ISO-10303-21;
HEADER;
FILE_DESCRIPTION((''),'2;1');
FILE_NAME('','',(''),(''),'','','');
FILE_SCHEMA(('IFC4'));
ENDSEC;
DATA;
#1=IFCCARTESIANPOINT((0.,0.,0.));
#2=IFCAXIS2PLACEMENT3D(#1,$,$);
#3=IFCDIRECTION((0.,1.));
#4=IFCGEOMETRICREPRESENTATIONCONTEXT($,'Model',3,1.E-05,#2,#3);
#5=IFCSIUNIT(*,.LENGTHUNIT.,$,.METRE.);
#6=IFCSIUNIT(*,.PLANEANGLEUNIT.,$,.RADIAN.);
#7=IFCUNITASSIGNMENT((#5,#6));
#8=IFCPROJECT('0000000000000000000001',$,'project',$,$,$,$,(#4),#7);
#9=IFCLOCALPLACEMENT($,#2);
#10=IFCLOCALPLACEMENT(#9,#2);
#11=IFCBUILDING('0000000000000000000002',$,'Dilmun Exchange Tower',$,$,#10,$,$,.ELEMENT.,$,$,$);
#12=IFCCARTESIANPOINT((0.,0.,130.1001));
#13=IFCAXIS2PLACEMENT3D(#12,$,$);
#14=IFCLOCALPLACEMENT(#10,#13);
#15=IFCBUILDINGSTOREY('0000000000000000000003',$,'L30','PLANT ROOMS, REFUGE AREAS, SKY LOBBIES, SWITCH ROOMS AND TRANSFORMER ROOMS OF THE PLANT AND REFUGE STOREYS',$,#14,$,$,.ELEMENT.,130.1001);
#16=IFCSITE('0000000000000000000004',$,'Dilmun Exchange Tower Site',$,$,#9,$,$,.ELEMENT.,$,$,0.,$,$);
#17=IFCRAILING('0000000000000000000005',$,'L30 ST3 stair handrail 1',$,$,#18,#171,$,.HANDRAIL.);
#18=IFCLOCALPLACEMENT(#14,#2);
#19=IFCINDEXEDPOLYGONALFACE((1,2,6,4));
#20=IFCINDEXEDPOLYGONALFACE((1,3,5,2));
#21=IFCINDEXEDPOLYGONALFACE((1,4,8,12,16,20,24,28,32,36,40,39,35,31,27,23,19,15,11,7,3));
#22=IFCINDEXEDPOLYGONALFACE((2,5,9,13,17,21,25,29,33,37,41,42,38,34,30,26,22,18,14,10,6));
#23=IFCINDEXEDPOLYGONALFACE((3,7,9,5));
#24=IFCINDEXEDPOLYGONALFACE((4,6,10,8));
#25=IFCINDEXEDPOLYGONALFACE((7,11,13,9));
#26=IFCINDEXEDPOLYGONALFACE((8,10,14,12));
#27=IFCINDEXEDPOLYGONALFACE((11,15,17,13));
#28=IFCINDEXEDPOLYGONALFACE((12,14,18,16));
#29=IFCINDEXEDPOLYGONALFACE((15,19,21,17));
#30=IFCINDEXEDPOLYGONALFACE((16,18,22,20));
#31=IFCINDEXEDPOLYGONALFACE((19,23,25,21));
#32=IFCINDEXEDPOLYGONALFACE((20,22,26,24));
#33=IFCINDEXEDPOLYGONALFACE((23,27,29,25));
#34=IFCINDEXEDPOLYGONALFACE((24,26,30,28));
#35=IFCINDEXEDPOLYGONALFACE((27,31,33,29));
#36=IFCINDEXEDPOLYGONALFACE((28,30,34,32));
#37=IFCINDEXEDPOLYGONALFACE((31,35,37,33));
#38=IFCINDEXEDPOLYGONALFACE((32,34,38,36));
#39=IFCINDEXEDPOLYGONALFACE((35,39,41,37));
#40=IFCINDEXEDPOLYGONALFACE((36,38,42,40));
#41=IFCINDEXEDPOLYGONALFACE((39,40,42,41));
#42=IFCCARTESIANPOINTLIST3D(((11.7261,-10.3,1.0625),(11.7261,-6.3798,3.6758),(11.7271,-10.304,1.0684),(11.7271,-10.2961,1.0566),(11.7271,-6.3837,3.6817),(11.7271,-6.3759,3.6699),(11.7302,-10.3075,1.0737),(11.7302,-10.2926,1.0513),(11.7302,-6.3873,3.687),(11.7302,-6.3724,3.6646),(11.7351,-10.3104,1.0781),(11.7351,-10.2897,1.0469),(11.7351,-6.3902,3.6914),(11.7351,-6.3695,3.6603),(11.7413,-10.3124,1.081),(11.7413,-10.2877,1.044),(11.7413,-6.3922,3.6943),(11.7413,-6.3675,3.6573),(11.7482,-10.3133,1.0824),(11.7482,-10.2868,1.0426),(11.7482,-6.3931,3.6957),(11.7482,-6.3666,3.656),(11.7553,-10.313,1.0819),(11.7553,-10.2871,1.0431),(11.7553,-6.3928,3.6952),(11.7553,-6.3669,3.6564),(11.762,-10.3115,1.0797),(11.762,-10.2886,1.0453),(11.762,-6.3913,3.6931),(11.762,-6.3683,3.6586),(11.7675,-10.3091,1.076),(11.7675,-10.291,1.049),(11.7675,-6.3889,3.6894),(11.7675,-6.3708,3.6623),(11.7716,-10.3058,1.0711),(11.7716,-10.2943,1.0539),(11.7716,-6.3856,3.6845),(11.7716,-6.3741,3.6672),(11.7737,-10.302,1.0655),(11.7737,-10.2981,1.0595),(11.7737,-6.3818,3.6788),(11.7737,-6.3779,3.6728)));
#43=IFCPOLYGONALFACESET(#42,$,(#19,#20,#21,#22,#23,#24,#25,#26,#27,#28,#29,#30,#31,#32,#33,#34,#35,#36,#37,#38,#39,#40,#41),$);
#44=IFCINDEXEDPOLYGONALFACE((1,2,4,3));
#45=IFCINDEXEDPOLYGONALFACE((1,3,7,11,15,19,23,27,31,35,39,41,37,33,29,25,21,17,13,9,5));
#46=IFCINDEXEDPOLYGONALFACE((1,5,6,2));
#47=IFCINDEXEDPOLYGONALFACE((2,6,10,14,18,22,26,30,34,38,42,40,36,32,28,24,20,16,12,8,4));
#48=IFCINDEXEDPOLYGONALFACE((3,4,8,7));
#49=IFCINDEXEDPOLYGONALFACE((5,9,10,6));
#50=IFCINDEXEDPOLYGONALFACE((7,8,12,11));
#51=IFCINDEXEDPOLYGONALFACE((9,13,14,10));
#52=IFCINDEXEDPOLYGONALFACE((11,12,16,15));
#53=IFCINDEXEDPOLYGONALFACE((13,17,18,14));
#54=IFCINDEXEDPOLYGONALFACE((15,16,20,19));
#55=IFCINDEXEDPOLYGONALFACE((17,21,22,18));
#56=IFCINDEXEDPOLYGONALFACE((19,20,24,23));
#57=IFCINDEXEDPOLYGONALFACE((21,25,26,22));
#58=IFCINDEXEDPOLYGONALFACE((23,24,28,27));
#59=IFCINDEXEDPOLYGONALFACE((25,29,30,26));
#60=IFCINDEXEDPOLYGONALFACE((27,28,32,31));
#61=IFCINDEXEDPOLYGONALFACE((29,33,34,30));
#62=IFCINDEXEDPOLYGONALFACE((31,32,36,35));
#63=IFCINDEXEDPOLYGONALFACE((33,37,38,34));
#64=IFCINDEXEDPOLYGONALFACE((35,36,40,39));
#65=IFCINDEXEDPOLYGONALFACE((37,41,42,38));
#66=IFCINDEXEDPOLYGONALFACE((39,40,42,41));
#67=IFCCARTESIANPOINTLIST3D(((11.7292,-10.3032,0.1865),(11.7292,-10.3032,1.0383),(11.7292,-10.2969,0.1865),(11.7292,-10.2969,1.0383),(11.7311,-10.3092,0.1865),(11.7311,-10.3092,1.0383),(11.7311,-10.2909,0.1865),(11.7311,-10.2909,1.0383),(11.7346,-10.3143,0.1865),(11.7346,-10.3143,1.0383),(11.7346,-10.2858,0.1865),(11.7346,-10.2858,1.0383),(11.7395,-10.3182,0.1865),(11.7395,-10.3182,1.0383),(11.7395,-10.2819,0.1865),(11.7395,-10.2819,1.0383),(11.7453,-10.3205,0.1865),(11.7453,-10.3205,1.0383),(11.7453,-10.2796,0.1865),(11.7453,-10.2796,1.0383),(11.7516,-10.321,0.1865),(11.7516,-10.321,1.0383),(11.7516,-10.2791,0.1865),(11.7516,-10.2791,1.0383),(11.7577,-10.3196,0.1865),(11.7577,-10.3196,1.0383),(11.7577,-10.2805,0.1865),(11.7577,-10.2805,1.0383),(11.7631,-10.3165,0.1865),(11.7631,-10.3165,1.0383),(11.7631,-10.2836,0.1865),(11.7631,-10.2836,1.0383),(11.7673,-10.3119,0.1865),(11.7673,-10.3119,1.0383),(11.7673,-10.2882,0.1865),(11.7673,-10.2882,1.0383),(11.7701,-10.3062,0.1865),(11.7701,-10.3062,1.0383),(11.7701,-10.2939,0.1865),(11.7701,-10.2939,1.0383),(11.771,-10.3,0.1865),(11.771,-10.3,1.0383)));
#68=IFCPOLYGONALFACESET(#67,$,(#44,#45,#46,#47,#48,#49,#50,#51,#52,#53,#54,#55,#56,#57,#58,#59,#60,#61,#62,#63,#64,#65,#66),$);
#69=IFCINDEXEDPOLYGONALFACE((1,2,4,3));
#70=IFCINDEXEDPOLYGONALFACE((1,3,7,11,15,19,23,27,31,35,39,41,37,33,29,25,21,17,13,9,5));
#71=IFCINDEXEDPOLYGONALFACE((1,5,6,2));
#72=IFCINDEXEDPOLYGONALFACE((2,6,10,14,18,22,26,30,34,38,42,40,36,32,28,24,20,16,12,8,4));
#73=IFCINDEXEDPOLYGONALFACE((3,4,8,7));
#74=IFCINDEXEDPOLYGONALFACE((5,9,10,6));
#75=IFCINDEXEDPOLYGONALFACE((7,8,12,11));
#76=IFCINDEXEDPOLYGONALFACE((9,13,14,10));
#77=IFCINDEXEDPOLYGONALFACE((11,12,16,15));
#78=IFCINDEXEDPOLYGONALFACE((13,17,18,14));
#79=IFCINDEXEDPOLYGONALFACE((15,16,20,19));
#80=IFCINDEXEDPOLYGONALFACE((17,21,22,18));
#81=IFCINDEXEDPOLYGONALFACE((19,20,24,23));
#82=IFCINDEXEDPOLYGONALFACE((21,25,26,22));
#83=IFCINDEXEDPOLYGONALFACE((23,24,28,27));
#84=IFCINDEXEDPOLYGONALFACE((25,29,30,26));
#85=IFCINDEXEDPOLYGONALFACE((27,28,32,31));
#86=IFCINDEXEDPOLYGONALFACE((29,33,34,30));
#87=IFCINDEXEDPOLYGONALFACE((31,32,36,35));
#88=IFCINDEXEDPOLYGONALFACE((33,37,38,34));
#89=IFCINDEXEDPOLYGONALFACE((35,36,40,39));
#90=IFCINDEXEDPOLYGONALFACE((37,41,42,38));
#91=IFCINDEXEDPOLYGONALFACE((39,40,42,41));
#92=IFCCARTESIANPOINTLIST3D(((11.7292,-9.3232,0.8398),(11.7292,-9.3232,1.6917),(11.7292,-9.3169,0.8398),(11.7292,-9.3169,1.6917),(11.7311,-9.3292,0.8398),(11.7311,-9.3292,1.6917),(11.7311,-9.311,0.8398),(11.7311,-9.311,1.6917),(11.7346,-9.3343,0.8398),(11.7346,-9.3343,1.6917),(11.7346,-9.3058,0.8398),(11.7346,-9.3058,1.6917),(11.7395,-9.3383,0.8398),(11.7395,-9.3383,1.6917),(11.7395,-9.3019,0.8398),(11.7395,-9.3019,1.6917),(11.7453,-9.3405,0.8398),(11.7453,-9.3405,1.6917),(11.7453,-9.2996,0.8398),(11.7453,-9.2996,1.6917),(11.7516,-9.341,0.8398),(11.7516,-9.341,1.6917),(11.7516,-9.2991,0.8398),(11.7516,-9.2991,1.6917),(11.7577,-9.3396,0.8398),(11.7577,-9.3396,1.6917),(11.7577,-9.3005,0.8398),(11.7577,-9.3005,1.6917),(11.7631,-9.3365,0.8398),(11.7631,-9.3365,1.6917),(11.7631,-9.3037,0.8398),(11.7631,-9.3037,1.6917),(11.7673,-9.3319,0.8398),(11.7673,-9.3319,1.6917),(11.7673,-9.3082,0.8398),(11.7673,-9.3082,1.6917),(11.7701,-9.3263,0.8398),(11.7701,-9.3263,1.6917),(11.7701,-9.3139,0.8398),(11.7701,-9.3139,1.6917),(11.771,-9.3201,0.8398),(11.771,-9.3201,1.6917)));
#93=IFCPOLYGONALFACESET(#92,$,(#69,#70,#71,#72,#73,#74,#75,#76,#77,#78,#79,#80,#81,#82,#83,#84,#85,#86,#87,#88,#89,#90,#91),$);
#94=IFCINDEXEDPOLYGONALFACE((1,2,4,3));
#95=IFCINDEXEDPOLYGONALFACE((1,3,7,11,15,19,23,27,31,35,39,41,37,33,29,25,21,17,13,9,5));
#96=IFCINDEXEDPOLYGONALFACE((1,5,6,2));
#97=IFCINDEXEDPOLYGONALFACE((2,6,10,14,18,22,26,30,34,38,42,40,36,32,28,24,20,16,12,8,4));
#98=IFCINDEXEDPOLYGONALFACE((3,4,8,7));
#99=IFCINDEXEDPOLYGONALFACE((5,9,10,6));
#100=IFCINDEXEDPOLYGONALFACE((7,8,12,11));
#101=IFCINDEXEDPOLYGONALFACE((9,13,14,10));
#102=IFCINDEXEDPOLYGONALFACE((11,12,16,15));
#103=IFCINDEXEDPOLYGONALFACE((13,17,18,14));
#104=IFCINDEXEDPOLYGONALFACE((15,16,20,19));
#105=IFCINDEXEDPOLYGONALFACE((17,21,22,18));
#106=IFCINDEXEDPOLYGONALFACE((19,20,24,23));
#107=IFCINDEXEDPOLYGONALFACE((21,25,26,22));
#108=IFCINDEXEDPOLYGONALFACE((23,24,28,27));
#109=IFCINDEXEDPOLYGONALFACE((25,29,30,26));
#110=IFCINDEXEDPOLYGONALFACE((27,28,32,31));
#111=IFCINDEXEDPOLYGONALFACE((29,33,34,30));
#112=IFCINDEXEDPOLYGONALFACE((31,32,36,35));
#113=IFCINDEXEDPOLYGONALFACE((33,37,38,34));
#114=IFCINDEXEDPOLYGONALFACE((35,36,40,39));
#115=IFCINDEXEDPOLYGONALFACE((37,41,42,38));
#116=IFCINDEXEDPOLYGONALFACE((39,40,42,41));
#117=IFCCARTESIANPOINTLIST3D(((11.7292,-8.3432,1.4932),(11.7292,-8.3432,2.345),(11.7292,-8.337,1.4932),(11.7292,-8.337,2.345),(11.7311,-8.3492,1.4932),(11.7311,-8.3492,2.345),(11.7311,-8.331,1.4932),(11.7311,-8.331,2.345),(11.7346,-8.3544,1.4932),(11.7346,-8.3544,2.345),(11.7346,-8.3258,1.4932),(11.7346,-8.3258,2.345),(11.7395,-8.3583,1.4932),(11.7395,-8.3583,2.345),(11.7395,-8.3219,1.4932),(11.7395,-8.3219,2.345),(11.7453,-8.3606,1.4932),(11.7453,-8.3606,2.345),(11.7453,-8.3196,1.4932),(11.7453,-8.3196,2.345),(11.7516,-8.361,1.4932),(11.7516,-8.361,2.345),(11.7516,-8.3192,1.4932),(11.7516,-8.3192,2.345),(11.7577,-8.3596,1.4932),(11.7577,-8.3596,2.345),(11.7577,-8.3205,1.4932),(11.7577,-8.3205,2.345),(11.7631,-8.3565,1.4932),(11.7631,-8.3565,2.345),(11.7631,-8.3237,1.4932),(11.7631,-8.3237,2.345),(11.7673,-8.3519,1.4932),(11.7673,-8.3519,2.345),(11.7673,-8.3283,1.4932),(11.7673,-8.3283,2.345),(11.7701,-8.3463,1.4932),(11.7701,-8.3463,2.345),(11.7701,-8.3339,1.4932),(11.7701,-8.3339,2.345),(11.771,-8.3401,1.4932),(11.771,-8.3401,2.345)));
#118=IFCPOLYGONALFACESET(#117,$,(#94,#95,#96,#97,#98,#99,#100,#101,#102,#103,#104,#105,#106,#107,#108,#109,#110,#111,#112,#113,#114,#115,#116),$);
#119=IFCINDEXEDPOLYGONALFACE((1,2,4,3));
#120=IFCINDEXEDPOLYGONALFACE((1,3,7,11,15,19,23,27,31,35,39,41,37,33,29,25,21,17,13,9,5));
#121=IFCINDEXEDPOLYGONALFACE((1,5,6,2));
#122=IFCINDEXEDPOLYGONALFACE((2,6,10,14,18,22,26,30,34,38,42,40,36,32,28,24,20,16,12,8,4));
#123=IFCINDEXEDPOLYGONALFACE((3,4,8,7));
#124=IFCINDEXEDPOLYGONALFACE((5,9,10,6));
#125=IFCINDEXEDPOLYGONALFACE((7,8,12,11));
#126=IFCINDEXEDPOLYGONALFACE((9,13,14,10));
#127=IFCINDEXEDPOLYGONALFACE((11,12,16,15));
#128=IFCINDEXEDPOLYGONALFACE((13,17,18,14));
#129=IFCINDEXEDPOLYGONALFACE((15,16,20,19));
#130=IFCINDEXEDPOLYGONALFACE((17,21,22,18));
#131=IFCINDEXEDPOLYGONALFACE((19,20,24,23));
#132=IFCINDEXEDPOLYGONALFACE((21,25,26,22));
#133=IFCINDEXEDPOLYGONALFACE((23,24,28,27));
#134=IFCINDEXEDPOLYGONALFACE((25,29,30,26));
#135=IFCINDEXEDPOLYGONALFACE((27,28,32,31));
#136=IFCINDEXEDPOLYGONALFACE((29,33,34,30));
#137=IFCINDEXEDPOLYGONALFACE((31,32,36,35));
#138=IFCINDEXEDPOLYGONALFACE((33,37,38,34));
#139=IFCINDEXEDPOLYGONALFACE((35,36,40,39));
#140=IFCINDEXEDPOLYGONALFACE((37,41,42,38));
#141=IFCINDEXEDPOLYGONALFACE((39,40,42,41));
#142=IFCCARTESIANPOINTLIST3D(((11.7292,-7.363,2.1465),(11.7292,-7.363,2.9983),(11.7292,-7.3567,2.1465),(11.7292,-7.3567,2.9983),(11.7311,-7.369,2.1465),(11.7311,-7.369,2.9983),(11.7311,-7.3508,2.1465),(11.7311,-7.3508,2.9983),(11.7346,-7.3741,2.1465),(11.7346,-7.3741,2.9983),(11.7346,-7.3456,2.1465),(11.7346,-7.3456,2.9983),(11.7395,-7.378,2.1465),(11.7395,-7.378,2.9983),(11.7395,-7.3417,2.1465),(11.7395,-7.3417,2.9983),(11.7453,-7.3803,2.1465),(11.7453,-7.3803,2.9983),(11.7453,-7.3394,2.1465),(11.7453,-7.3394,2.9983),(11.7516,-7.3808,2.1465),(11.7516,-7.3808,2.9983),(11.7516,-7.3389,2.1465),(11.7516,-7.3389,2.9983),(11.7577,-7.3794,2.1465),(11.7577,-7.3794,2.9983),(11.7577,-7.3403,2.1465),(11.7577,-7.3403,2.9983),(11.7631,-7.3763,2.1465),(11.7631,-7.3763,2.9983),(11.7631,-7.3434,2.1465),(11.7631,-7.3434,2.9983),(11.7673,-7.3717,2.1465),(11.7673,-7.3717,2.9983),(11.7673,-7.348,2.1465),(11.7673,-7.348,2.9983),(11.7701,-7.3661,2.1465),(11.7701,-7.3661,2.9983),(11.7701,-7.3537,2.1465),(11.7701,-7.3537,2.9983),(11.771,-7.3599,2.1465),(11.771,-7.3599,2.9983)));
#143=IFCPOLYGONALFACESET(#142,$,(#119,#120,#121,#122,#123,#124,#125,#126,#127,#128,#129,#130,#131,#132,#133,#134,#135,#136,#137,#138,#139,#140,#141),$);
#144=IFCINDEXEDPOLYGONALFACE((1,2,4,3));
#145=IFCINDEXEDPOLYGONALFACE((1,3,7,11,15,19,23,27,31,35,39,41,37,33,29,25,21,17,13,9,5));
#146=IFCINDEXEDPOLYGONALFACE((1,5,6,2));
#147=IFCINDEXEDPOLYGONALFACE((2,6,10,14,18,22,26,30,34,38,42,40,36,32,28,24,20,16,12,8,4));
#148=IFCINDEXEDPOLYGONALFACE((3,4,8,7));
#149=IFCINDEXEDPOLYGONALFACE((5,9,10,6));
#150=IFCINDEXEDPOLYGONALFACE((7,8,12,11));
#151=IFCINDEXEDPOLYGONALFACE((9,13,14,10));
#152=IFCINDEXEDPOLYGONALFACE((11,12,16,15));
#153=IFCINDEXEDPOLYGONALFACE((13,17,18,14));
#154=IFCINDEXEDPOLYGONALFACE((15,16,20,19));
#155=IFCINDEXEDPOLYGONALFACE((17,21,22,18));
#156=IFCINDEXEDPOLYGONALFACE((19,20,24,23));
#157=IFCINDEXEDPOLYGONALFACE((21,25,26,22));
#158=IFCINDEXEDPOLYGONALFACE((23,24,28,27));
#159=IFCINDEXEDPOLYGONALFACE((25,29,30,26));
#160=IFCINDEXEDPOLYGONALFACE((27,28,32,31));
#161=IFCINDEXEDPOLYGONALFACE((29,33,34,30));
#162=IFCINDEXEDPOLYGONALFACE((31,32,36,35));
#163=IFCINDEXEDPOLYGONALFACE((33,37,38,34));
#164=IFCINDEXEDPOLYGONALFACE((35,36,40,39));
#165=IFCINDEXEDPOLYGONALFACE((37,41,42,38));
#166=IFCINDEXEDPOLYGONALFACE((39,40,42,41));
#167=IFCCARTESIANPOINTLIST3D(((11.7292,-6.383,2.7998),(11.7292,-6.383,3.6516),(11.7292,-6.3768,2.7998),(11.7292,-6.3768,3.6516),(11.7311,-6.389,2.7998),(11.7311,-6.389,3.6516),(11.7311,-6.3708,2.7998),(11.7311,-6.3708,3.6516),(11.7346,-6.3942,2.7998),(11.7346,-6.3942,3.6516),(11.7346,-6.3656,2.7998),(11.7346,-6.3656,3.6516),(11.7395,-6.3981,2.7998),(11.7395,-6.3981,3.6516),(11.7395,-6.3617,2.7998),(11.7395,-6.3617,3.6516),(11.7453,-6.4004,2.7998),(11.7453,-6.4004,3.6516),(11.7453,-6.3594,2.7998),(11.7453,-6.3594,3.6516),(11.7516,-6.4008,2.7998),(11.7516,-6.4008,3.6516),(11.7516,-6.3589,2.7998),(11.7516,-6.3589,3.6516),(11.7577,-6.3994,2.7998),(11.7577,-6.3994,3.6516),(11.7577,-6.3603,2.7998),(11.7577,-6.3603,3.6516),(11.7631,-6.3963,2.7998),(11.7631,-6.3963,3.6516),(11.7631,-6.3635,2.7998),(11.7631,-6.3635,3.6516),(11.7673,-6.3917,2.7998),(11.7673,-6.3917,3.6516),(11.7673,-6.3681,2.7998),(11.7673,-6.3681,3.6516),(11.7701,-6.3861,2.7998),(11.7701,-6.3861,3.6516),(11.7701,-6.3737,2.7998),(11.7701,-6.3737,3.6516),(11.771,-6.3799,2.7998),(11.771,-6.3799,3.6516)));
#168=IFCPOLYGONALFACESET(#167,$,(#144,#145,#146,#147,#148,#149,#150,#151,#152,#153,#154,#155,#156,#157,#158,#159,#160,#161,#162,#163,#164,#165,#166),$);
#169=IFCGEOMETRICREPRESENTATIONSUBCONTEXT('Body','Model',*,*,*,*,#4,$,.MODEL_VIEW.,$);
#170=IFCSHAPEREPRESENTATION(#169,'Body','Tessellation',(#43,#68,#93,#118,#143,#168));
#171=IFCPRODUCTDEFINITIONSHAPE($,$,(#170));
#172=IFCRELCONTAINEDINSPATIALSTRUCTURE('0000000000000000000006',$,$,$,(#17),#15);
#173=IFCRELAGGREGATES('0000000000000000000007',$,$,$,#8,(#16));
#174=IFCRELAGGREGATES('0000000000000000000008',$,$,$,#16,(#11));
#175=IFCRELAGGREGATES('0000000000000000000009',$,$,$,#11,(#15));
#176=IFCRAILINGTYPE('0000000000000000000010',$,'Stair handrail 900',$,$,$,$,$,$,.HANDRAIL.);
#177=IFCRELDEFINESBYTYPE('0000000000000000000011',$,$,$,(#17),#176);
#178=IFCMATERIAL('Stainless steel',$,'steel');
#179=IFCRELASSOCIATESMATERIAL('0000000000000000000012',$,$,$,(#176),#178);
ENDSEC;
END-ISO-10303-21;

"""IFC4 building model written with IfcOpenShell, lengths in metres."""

from ifc_helpers import new_model, si_unit, direction, frame, origin, origin_2d, place, context, subcontext, project, spatial, circle, extrude, material, type_object, element, save


model = new_model("IFC4")

# Units and contexts
model_context = context("Model", 3, precision=1e-05, world=origin(), true_north=direction((0.0, 1.0)))
body_context = subcontext(model_context, "Body", "Model", "MODEL_VIEW")
ifc_project = project(units=[si_unit("LENGTHUNIT", "METRE"), si_unit("PLANEANGLEUNIT", "RADIAN")], contexts=[model_context])

# Site, building, storey
site_placement = place(None, origin())
site = spatial("IfcSite", under=ifc_project, at=site_placement, Name="Dilmun Exchange Tower Site", CompositionType="ELEMENT", RefElevation=0.0)
building_placement = place(site_placement, origin())
building = spatial("IfcBuilding", under=site, at=building_placement, Name="Dilmun Exchange Tower", CompositionType="ELEMENT")
storey_placement = place(building_placement, frame((0.0, 0.0, 130.1001)))
storey = spatial("IfcBuildingStorey", under=building, at=storey_placement, Name="L30", Description="PLANT ROOMS, REFUGE AREAS, SKY LOBBIES, SWITCH ROOMS AND TRANSFORMER ROOMS OF THE PLANT AND REFUGE STOREYS", CompositionType="ELEMENT", Elevation=130.1001)

# Railing
ifc_material_1 = material(Name="Stainless steel", Category="steel")
railing_type = type_object("IfcRailingType", Name="Stair handrail 900", PredefinedType="HANDRAIL", material=ifc_material_1)
railing_1_placement = place(storey_placement, frame((11.75, -10.3, 0.1865)))
element("IfcRailing", 1, at=railing_1_placement, inside=storey, type_object=railing_type, Name="L30 ST3 stair handrail 1", PredefinedType="HANDRAIL", context=body_context, shape_type="SweptSolid", body=[
    extrude(circle(Radius=0.0239, at=origin_2d()), frame((0.0, 0.0, 0.876), z_axis=(0.0, 0.832066, 0.554676), x_axis=(-1.0, 0.0, 0.0)), (0.0, 0.0, 1.0), 4.7114),
    extrude(circle(Radius=0.021, at=origin_2d()), origin(), (0.0, 0.0, 1.0), 0.8518),
    extrude(circle(Radius=0.021, at=origin_2d()), frame((0.0, 0.98, 0.6533)), (0.0, 0.0, 1.0), 0.8518),
    extrude(circle(Radius=0.021, at=origin_2d()), frame((0.0, 1.96, 1.3066)), (0.0, 0.0, 1.0), 0.8518),
    extrude(circle(Radius=0.021, at=origin_2d()), frame((0.0, 2.9402, 1.96)), (0.0, 0.0, 1.0), 0.8518),
    extrude(circle(Radius=0.021, at=origin_2d()), frame((0.0, 3.9202, 2.6133)), (0.0, 0.0, 1.0), 0.8518),
])

save(model, "model.ifc")
